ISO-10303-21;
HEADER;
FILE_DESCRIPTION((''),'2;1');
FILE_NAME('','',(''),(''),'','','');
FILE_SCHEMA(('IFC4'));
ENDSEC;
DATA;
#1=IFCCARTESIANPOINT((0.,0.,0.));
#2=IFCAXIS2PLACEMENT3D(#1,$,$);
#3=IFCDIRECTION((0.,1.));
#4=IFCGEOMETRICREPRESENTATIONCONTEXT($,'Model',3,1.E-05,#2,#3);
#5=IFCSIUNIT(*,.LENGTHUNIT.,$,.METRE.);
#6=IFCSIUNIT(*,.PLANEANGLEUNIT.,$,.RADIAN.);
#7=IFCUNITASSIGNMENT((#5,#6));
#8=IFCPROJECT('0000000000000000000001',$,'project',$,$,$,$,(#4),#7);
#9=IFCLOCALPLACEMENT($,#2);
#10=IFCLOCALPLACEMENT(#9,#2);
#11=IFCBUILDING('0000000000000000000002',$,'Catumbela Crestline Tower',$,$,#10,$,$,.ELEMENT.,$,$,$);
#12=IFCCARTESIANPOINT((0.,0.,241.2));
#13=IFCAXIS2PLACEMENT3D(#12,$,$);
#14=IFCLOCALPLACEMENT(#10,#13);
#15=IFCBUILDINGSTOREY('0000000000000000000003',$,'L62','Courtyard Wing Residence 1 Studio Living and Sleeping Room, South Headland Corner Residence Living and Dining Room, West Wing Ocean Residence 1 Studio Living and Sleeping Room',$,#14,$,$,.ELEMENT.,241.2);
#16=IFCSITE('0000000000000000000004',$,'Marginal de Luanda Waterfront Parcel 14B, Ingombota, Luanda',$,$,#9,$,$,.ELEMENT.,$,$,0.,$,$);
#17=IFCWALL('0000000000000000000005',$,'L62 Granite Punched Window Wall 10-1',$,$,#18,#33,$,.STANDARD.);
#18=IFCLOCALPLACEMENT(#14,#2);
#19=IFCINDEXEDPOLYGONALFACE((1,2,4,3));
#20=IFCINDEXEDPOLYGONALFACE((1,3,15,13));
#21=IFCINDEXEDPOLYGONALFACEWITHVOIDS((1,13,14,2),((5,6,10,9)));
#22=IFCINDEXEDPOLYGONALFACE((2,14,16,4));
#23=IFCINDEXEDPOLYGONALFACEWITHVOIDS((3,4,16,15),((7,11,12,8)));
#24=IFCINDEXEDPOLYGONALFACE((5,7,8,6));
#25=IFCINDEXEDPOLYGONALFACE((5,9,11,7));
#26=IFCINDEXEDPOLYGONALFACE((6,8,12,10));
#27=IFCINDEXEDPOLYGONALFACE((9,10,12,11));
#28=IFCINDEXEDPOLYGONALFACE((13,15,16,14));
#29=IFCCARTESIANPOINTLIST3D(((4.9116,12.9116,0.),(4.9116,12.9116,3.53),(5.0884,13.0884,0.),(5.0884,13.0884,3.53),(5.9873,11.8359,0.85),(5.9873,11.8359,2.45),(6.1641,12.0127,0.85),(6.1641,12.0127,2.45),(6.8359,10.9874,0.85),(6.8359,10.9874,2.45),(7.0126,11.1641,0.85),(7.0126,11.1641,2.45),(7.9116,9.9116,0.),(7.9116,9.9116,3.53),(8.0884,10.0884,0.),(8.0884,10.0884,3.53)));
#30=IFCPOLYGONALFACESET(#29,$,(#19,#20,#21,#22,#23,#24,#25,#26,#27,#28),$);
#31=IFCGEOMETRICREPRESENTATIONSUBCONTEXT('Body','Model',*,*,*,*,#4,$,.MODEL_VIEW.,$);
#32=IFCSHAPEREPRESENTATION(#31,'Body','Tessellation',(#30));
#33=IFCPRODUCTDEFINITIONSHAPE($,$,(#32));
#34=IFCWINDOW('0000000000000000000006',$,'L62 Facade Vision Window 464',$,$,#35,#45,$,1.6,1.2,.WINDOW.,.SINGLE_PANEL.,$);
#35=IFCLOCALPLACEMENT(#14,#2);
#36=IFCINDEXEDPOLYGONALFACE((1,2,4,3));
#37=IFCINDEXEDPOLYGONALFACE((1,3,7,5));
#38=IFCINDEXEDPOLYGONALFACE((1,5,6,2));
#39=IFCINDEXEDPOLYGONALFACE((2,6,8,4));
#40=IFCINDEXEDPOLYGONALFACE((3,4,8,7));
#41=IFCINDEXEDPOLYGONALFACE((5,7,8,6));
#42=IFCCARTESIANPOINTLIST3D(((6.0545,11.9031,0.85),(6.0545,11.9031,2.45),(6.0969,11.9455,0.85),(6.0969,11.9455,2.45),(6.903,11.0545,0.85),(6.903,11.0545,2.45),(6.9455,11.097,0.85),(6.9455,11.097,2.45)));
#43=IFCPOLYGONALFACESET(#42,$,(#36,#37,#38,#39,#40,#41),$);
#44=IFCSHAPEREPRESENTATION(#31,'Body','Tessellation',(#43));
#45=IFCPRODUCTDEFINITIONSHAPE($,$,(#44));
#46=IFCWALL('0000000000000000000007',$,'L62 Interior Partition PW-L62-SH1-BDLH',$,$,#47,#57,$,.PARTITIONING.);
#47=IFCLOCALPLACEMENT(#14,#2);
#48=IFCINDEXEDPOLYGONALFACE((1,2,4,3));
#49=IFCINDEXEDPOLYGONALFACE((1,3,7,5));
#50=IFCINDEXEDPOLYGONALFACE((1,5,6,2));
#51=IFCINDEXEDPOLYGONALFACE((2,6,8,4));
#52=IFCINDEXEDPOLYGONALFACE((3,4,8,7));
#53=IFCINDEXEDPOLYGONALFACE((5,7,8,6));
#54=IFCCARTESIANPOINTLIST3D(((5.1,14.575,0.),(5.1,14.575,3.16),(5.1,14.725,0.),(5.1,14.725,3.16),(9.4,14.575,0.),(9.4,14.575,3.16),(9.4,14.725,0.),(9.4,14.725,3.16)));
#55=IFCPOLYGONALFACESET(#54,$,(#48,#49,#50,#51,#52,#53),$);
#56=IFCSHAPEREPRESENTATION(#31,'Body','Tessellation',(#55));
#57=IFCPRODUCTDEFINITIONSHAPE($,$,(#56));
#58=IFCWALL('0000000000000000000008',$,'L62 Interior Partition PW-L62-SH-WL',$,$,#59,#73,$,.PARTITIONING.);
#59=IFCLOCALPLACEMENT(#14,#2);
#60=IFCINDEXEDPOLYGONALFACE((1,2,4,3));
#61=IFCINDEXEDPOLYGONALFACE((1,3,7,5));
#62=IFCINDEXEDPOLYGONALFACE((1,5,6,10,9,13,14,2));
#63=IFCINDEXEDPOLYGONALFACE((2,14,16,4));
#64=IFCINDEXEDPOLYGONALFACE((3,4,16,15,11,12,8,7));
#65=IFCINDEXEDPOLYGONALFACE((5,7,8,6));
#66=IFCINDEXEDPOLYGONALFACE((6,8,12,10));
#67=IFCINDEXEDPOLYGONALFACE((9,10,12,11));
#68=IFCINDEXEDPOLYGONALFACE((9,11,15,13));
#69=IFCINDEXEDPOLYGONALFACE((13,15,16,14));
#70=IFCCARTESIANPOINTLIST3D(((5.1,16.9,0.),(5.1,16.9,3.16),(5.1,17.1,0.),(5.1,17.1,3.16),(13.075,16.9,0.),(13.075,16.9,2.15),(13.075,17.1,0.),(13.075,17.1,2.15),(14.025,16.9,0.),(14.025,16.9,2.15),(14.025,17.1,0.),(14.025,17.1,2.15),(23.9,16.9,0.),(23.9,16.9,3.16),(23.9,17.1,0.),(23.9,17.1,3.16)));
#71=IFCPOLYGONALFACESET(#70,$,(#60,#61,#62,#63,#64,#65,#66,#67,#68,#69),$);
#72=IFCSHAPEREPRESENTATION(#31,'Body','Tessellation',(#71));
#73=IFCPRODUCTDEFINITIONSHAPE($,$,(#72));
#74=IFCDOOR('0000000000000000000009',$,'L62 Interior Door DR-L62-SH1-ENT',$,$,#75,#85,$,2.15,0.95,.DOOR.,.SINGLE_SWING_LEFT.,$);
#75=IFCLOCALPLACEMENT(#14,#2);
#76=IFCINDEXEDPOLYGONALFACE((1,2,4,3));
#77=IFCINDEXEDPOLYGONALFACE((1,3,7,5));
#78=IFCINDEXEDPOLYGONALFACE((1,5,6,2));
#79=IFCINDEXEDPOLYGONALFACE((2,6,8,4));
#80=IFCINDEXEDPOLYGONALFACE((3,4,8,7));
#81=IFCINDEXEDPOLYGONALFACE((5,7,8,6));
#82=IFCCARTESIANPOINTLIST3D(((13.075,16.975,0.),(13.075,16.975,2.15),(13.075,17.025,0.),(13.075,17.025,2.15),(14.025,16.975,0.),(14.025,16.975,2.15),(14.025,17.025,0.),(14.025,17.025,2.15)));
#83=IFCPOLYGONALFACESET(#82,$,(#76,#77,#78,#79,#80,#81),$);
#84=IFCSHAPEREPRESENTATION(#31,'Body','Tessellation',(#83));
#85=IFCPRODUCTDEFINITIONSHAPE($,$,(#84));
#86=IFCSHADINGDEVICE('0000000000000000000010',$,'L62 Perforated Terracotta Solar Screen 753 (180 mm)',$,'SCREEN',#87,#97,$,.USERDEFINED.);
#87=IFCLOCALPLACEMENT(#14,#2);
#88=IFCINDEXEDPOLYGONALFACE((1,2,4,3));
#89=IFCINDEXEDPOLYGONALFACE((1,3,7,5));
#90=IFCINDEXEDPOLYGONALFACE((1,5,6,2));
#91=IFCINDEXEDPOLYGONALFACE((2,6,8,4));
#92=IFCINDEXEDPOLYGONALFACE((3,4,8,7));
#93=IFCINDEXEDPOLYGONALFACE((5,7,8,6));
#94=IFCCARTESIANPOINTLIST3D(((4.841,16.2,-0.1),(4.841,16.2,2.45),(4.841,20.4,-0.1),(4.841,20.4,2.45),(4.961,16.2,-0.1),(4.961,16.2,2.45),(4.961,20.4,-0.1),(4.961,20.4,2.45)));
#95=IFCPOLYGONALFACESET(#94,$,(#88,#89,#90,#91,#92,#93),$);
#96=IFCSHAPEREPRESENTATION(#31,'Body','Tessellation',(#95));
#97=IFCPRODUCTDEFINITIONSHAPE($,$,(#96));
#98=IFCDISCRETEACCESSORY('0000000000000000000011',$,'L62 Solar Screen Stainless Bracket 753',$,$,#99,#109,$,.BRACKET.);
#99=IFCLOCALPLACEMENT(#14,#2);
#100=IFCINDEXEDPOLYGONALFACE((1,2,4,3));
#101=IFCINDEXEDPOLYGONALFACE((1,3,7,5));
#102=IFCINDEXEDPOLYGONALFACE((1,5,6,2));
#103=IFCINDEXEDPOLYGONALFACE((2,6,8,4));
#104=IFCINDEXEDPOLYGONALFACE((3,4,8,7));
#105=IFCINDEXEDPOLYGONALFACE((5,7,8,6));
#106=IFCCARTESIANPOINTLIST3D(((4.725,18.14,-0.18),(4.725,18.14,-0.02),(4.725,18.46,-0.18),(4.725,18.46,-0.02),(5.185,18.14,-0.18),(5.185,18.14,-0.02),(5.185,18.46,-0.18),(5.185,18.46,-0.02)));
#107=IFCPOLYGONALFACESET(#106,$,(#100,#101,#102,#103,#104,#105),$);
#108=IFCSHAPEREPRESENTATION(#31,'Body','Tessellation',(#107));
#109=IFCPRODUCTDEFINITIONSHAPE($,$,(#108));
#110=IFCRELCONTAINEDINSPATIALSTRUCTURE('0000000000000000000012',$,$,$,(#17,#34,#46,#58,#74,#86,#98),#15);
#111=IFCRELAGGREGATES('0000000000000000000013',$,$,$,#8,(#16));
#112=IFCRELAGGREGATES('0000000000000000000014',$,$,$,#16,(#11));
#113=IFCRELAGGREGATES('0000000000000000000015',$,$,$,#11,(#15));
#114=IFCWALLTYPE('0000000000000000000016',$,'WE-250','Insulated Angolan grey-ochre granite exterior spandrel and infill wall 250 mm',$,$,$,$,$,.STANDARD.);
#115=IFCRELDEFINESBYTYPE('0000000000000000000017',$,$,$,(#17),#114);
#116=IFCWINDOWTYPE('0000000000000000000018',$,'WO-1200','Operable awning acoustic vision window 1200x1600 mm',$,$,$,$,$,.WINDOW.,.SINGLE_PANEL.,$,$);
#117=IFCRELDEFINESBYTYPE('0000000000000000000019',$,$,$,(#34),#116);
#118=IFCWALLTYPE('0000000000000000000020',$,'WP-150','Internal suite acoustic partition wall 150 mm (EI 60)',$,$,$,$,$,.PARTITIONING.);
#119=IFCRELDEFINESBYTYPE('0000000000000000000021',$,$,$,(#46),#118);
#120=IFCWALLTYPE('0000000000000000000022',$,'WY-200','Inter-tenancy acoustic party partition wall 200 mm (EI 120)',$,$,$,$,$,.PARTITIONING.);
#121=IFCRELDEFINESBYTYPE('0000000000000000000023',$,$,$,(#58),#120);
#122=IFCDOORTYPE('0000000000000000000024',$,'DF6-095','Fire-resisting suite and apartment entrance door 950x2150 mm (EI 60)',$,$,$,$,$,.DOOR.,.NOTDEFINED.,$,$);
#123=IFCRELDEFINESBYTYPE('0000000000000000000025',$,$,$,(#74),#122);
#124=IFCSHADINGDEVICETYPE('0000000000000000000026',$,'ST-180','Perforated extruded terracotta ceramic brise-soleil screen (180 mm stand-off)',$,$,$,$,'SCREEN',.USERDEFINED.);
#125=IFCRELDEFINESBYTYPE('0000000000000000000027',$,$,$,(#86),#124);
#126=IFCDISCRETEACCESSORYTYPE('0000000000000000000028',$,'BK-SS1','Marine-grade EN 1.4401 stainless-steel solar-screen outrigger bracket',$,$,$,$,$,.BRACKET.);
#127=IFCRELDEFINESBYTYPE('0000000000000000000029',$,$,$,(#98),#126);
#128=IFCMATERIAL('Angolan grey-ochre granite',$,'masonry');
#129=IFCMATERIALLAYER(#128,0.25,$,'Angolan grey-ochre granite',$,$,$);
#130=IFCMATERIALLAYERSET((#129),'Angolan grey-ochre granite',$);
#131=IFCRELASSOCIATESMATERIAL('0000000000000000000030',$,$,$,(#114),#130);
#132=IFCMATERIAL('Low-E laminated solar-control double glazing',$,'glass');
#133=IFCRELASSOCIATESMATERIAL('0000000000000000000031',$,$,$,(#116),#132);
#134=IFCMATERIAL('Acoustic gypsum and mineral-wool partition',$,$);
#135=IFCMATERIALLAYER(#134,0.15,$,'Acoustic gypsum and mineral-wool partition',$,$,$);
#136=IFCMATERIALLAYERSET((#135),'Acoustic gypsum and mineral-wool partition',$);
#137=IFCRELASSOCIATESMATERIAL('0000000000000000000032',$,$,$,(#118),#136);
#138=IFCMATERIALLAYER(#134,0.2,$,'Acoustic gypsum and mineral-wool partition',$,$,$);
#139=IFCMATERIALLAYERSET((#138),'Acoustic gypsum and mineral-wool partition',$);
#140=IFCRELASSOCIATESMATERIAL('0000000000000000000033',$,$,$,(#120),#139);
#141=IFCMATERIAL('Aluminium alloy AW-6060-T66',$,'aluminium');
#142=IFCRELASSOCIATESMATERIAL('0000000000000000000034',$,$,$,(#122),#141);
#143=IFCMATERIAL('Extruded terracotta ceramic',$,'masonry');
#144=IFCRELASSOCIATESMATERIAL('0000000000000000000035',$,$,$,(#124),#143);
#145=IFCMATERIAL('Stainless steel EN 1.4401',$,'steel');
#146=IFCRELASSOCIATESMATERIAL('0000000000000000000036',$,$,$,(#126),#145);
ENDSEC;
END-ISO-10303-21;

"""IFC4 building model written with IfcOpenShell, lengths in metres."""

from ifc_helpers import new_model, si_unit, direction, frame, frame_2d, origin, origin_2d, place, context, subcontext, project, spatial, rectangle, extrude, material, layer, layer_set, type_object, element, fill, save


model = new_model("IFC4")

# Units and contexts
model_context = context("Model", 3, precision=1e-05, world=origin(), true_north=direction((0.0, 1.0)))
body_context = subcontext(model_context, "Body", "Model", "MODEL_VIEW")
ifc_project = project(units=[si_unit("LENGTHUNIT", "METRE"), si_unit("PLANEANGLEUNIT", "RADIAN")], contexts=[model_context])

# Site, building, storey
site_placement = place(None, origin())
site = spatial("IfcSite", under=ifc_project, at=site_placement, Name="Marginal de Luanda Waterfront Parcel 14B, Ingombota, Luanda", CompositionType="ELEMENT", RefElevation=0.0)
building_placement = place(site_placement, origin())
building = spatial("IfcBuilding", under=site, at=building_placement, Name="Catumbela Crestline Tower", CompositionType="ELEMENT")
storey_placement = place(building_placement, frame((0.0, 0.0, 241.2)))
storey = spatial("IfcBuildingStorey", under=building, at=storey_placement, Name="L62", Description="Courtyard Wing Residence 1 Studio Living and Sleeping Room, South Headland Corner Residence Living and Dining Room, West Wing Ocean Residence 1 Studio Living and Sleeping Room", CompositionType="ELEMENT", Elevation=241.2)

# Shared definitions
ifc_material_1 = material(Name="Aluminium alloy AW-6060-T66", Category="aluminium")
ifc_material_2 = material(Name="Low-E laminated solar-control double glazing", Category="glass")

# Wall, opening, window
ifc_material_3 = material(Name="Angolan grey-ochre granite", Category="masonry")
ifc_layer_1 = layer(ifc_material_3, 0.25, Name="Angolan grey-ochre granite")
ifc_layer_set_1 = layer_set([ifc_layer_1], Name="Angolan grey-ochre granite")
wall_type_1 = type_object("IfcWallType", Name="WE-250", Description="Insulated Angolan grey-ochre granite exterior spandrel and infill wall 250 mm", PredefinedType="STANDARD", material=ifc_layer_set_1)
wall_1_placement = place(storey_placement, frame((5.0, 13.0, 0.0), z_axis=(0.0, 0.0, 1.0), x_axis=(0.707107, -0.707107, 0.0)))
wall_1 = element("IfcWall", 1, at=wall_1_placement, inside=storey, type_object=wall_type_1, Name="L62 Granite Punched Window Wall 10-1", PredefinedType="STANDARD", context=body_context, shape_type="SweptSolid", body=[
    extrude(rectangle(XDim=4.2426, YDim=0.25, at=frame_2d((2.1213, 0.0))), origin(), (0.0, 0.0, 1.0), 3.53),
])
opening_1_placement = place(wall_1_placement, frame((1.5213, 0.0, 0.85)))
opening_1 = element("IfcOpeningElement", 2, at=opening_1_placement, cuts=wall_1, PredefinedType="OPENING", context=body_context, shape_type="SweptSolid", body=[
    extrude(rectangle(XDim=1.2, YDim=1.6, at=frame_2d((0.6, 0.8))), frame((0.0, 0.135, 0.0), z_axis=(0.0, -1.0, 0.0), x_axis=(1.0, 0.0, 0.0)), (0.0, 0.0, 1.0), 0.27),
])
window_type = type_object("IfcWindowType", Name="WO-1200", Description="Operable awning acoustic vision window 1200x1600 mm", PartitioningType="SINGLE_PANEL", PredefinedType="WINDOW", material=ifc_material_2)
window_placement = place(opening_1_placement, origin())
window = element("IfcWindow", 3, at=window_placement, inside=storey, type_object=window_type, Name="L62 Facade Vision Window 464", OverallHeight=1.6, OverallWidth=1.2, PartitioningType="SINGLE_PANEL", PredefinedType="WINDOW", context=body_context, shape_type="SweptSolid", body=[
    extrude(rectangle(XDim=1.2, YDim=1.6, at=frame_2d((0.6, 0.8))), frame((0.0, 0.03, 0.0), z_axis=(0.0, -1.0, 0.0), x_axis=(1.0, 0.0, 0.0)), (0.0, 0.0, 1.0), 0.06),
])
fill(opening_1, window)

# Wall
ifc_material_4 = material(Name="Acoustic gypsum and mineral-wool partition")
ifc_layer_2 = layer(ifc_material_4, 0.15, Name="Acoustic gypsum and mineral-wool partition")
ifc_layer_set_2 = layer_set([ifc_layer_2], Name="Acoustic gypsum and mineral-wool partition")
wall_type_2 = type_object("IfcWallType", Name="WP-150", Description="Internal suite acoustic partition wall 150 mm (EI 60)", PredefinedType="PARTITIONING", material=ifc_layer_set_2)
wall_2_placement = place(storey_placement, frame((5.1, 14.65, 0.0), z_axis=(0.0, 0.0, 1.0), x_axis=(1.0, 0.0, 0.0)))
element("IfcWall", 4, at=wall_2_placement, inside=storey, type_object=wall_type_2, Name="L62 Interior Partition PW-L62-SH1-BDLH", PredefinedType="PARTITIONING", context=body_context, shape_type="SweptSolid", body=[
    extrude(rectangle(XDim=4.3, YDim=0.15, at=frame_2d((2.15, 0.0))), origin(), (0.0, 0.0, 1.0), 3.16),
])

# Wall, opening, door
ifc_layer_3 = layer(ifc_material_4, 0.2, Name="Acoustic gypsum and mineral-wool partition")
ifc_layer_set_3 = layer_set([ifc_layer_3], Name="Acoustic gypsum and mineral-wool partition")
wall_type_3 = type_object("IfcWallType", Name="WY-200", Description="Inter-tenancy acoustic party partition wall 200 mm (EI 120)", PredefinedType="PARTITIONING", material=ifc_layer_set_3)
wall_3_placement = place(storey_placement, frame((5.1, 17.0, 0.0), z_axis=(0.0, 0.0, 1.0), x_axis=(1.0, 0.0, 0.0)))
wall_3 = element("IfcWall", 5, at=wall_3_placement, inside=storey, type_object=wall_type_3, Name="L62 Interior Partition PW-L62-SH-WL", PredefinedType="PARTITIONING", context=body_context, shape_type="SweptSolid", body=[
    extrude(rectangle(XDim=18.8, YDim=0.2, at=frame_2d((9.4, 0.0))), origin(), (0.0, 0.0, 1.0), 3.16),
])
opening_2_placement = place(wall_3_placement, frame((7.975, 0.0, 0.0)))
opening_2 = element("IfcOpeningElement", 6, at=opening_2_placement, cuts=wall_3, PredefinedType="OPENING", context=body_context, shape_type="SweptSolid", body=[
    extrude(rectangle(XDim=0.95, YDim=2.15, at=frame_2d((0.475, 1.075))), frame((0.0, 0.11, 0.0), z_axis=(0.0, -1.0, 0.0), x_axis=(1.0, 0.0, 0.0)), (0.0, 0.0, 1.0), 0.22),
])
door_type = type_object("IfcDoorType", Name="DF6-095", Description="Fire-resisting suite and apartment entrance door 950x2150 mm (EI 60)", OperationType="NOTDEFINED", PredefinedType="DOOR", material=ifc_material_1)
door_placement = place(opening_2_placement, origin())
door = element("IfcDoor", 7, at=door_placement, inside=storey, type_object=door_type, Name="L62 Interior Door DR-L62-SH1-ENT", OperationType="SINGLE_SWING_LEFT", OverallHeight=2.15, OverallWidth=0.95, PredefinedType="DOOR", context=body_context, shape_type="SweptSolid", body=[
    extrude(rectangle(XDim=0.95, YDim=2.15, at=frame_2d((0.475, 1.075))), frame((0.0, 0.025, 0.0), z_axis=(0.0, -1.0, 0.0), x_axis=(1.0, 0.0, 0.0)), (0.0, 0.0, 1.0), 0.05),
])
fill(opening_2, door)

# Shading device
ifc_material_5 = material(Name="Extruded terracotta ceramic", Category="masonry")
shading_device_type = type_object("IfcShadingDeviceType", Name="ST-180", Description="Perforated extruded terracotta ceramic brise-soleil screen (180 mm stand-off)", ElementType="SCREEN", PredefinedType="USERDEFINED", material=ifc_material_5)
shading_device_placement = place(storey_placement, frame((4.901, 18.3, -0.1), z_axis=(0.0, 0.0, 1.0), x_axis=(0.0, -1.0, 0.0)))
element("IfcShadingDevice", 8, at=shading_device_placement, inside=storey, type_object=shading_device_type, Name="L62 Perforated Terracotta Solar Screen 753 (180 mm)", ObjectType="SCREEN", PredefinedType="USERDEFINED", context=body_context, shape_type="SweptSolid", body=[
    extrude(rectangle(XDim=4.2, YDim=0.12, at=origin_2d()), origin(), (0.0, 0.0, 1.0), 2.55),
])

# Discrete accessory
ifc_material_6 = material(Name="Stainless steel EN 1.4401", Category="steel")
discrete_accessory_type = type_object("IfcDiscreteAccessoryType", Name="BK-SS1", Description="Marine-grade EN 1.4401 stainless-steel solar-screen outrigger bracket", PredefinedType="BRACKET", material=ifc_material_6)
discrete_accessory_placement = place(storey_placement, frame((4.955, 18.3, -0.18), z_axis=(0.0, 0.0, 1.0), x_axis=(0.0, -1.0, 0.0)))
element("IfcDiscreteAccessory", 9, at=discrete_accessory_placement, inside=storey, type_object=discrete_accessory_type, Name="L62 Solar Screen Stainless Bracket 753", PredefinedType="BRACKET", context=body_context, shape_type="SweptSolid", body=[
    extrude(rectangle(XDim=0.32, YDim=0.46, at=origin_2d()), origin(), (0.0, 0.0, 1.0), 0.16),
])

save(model, "model.ifc")
